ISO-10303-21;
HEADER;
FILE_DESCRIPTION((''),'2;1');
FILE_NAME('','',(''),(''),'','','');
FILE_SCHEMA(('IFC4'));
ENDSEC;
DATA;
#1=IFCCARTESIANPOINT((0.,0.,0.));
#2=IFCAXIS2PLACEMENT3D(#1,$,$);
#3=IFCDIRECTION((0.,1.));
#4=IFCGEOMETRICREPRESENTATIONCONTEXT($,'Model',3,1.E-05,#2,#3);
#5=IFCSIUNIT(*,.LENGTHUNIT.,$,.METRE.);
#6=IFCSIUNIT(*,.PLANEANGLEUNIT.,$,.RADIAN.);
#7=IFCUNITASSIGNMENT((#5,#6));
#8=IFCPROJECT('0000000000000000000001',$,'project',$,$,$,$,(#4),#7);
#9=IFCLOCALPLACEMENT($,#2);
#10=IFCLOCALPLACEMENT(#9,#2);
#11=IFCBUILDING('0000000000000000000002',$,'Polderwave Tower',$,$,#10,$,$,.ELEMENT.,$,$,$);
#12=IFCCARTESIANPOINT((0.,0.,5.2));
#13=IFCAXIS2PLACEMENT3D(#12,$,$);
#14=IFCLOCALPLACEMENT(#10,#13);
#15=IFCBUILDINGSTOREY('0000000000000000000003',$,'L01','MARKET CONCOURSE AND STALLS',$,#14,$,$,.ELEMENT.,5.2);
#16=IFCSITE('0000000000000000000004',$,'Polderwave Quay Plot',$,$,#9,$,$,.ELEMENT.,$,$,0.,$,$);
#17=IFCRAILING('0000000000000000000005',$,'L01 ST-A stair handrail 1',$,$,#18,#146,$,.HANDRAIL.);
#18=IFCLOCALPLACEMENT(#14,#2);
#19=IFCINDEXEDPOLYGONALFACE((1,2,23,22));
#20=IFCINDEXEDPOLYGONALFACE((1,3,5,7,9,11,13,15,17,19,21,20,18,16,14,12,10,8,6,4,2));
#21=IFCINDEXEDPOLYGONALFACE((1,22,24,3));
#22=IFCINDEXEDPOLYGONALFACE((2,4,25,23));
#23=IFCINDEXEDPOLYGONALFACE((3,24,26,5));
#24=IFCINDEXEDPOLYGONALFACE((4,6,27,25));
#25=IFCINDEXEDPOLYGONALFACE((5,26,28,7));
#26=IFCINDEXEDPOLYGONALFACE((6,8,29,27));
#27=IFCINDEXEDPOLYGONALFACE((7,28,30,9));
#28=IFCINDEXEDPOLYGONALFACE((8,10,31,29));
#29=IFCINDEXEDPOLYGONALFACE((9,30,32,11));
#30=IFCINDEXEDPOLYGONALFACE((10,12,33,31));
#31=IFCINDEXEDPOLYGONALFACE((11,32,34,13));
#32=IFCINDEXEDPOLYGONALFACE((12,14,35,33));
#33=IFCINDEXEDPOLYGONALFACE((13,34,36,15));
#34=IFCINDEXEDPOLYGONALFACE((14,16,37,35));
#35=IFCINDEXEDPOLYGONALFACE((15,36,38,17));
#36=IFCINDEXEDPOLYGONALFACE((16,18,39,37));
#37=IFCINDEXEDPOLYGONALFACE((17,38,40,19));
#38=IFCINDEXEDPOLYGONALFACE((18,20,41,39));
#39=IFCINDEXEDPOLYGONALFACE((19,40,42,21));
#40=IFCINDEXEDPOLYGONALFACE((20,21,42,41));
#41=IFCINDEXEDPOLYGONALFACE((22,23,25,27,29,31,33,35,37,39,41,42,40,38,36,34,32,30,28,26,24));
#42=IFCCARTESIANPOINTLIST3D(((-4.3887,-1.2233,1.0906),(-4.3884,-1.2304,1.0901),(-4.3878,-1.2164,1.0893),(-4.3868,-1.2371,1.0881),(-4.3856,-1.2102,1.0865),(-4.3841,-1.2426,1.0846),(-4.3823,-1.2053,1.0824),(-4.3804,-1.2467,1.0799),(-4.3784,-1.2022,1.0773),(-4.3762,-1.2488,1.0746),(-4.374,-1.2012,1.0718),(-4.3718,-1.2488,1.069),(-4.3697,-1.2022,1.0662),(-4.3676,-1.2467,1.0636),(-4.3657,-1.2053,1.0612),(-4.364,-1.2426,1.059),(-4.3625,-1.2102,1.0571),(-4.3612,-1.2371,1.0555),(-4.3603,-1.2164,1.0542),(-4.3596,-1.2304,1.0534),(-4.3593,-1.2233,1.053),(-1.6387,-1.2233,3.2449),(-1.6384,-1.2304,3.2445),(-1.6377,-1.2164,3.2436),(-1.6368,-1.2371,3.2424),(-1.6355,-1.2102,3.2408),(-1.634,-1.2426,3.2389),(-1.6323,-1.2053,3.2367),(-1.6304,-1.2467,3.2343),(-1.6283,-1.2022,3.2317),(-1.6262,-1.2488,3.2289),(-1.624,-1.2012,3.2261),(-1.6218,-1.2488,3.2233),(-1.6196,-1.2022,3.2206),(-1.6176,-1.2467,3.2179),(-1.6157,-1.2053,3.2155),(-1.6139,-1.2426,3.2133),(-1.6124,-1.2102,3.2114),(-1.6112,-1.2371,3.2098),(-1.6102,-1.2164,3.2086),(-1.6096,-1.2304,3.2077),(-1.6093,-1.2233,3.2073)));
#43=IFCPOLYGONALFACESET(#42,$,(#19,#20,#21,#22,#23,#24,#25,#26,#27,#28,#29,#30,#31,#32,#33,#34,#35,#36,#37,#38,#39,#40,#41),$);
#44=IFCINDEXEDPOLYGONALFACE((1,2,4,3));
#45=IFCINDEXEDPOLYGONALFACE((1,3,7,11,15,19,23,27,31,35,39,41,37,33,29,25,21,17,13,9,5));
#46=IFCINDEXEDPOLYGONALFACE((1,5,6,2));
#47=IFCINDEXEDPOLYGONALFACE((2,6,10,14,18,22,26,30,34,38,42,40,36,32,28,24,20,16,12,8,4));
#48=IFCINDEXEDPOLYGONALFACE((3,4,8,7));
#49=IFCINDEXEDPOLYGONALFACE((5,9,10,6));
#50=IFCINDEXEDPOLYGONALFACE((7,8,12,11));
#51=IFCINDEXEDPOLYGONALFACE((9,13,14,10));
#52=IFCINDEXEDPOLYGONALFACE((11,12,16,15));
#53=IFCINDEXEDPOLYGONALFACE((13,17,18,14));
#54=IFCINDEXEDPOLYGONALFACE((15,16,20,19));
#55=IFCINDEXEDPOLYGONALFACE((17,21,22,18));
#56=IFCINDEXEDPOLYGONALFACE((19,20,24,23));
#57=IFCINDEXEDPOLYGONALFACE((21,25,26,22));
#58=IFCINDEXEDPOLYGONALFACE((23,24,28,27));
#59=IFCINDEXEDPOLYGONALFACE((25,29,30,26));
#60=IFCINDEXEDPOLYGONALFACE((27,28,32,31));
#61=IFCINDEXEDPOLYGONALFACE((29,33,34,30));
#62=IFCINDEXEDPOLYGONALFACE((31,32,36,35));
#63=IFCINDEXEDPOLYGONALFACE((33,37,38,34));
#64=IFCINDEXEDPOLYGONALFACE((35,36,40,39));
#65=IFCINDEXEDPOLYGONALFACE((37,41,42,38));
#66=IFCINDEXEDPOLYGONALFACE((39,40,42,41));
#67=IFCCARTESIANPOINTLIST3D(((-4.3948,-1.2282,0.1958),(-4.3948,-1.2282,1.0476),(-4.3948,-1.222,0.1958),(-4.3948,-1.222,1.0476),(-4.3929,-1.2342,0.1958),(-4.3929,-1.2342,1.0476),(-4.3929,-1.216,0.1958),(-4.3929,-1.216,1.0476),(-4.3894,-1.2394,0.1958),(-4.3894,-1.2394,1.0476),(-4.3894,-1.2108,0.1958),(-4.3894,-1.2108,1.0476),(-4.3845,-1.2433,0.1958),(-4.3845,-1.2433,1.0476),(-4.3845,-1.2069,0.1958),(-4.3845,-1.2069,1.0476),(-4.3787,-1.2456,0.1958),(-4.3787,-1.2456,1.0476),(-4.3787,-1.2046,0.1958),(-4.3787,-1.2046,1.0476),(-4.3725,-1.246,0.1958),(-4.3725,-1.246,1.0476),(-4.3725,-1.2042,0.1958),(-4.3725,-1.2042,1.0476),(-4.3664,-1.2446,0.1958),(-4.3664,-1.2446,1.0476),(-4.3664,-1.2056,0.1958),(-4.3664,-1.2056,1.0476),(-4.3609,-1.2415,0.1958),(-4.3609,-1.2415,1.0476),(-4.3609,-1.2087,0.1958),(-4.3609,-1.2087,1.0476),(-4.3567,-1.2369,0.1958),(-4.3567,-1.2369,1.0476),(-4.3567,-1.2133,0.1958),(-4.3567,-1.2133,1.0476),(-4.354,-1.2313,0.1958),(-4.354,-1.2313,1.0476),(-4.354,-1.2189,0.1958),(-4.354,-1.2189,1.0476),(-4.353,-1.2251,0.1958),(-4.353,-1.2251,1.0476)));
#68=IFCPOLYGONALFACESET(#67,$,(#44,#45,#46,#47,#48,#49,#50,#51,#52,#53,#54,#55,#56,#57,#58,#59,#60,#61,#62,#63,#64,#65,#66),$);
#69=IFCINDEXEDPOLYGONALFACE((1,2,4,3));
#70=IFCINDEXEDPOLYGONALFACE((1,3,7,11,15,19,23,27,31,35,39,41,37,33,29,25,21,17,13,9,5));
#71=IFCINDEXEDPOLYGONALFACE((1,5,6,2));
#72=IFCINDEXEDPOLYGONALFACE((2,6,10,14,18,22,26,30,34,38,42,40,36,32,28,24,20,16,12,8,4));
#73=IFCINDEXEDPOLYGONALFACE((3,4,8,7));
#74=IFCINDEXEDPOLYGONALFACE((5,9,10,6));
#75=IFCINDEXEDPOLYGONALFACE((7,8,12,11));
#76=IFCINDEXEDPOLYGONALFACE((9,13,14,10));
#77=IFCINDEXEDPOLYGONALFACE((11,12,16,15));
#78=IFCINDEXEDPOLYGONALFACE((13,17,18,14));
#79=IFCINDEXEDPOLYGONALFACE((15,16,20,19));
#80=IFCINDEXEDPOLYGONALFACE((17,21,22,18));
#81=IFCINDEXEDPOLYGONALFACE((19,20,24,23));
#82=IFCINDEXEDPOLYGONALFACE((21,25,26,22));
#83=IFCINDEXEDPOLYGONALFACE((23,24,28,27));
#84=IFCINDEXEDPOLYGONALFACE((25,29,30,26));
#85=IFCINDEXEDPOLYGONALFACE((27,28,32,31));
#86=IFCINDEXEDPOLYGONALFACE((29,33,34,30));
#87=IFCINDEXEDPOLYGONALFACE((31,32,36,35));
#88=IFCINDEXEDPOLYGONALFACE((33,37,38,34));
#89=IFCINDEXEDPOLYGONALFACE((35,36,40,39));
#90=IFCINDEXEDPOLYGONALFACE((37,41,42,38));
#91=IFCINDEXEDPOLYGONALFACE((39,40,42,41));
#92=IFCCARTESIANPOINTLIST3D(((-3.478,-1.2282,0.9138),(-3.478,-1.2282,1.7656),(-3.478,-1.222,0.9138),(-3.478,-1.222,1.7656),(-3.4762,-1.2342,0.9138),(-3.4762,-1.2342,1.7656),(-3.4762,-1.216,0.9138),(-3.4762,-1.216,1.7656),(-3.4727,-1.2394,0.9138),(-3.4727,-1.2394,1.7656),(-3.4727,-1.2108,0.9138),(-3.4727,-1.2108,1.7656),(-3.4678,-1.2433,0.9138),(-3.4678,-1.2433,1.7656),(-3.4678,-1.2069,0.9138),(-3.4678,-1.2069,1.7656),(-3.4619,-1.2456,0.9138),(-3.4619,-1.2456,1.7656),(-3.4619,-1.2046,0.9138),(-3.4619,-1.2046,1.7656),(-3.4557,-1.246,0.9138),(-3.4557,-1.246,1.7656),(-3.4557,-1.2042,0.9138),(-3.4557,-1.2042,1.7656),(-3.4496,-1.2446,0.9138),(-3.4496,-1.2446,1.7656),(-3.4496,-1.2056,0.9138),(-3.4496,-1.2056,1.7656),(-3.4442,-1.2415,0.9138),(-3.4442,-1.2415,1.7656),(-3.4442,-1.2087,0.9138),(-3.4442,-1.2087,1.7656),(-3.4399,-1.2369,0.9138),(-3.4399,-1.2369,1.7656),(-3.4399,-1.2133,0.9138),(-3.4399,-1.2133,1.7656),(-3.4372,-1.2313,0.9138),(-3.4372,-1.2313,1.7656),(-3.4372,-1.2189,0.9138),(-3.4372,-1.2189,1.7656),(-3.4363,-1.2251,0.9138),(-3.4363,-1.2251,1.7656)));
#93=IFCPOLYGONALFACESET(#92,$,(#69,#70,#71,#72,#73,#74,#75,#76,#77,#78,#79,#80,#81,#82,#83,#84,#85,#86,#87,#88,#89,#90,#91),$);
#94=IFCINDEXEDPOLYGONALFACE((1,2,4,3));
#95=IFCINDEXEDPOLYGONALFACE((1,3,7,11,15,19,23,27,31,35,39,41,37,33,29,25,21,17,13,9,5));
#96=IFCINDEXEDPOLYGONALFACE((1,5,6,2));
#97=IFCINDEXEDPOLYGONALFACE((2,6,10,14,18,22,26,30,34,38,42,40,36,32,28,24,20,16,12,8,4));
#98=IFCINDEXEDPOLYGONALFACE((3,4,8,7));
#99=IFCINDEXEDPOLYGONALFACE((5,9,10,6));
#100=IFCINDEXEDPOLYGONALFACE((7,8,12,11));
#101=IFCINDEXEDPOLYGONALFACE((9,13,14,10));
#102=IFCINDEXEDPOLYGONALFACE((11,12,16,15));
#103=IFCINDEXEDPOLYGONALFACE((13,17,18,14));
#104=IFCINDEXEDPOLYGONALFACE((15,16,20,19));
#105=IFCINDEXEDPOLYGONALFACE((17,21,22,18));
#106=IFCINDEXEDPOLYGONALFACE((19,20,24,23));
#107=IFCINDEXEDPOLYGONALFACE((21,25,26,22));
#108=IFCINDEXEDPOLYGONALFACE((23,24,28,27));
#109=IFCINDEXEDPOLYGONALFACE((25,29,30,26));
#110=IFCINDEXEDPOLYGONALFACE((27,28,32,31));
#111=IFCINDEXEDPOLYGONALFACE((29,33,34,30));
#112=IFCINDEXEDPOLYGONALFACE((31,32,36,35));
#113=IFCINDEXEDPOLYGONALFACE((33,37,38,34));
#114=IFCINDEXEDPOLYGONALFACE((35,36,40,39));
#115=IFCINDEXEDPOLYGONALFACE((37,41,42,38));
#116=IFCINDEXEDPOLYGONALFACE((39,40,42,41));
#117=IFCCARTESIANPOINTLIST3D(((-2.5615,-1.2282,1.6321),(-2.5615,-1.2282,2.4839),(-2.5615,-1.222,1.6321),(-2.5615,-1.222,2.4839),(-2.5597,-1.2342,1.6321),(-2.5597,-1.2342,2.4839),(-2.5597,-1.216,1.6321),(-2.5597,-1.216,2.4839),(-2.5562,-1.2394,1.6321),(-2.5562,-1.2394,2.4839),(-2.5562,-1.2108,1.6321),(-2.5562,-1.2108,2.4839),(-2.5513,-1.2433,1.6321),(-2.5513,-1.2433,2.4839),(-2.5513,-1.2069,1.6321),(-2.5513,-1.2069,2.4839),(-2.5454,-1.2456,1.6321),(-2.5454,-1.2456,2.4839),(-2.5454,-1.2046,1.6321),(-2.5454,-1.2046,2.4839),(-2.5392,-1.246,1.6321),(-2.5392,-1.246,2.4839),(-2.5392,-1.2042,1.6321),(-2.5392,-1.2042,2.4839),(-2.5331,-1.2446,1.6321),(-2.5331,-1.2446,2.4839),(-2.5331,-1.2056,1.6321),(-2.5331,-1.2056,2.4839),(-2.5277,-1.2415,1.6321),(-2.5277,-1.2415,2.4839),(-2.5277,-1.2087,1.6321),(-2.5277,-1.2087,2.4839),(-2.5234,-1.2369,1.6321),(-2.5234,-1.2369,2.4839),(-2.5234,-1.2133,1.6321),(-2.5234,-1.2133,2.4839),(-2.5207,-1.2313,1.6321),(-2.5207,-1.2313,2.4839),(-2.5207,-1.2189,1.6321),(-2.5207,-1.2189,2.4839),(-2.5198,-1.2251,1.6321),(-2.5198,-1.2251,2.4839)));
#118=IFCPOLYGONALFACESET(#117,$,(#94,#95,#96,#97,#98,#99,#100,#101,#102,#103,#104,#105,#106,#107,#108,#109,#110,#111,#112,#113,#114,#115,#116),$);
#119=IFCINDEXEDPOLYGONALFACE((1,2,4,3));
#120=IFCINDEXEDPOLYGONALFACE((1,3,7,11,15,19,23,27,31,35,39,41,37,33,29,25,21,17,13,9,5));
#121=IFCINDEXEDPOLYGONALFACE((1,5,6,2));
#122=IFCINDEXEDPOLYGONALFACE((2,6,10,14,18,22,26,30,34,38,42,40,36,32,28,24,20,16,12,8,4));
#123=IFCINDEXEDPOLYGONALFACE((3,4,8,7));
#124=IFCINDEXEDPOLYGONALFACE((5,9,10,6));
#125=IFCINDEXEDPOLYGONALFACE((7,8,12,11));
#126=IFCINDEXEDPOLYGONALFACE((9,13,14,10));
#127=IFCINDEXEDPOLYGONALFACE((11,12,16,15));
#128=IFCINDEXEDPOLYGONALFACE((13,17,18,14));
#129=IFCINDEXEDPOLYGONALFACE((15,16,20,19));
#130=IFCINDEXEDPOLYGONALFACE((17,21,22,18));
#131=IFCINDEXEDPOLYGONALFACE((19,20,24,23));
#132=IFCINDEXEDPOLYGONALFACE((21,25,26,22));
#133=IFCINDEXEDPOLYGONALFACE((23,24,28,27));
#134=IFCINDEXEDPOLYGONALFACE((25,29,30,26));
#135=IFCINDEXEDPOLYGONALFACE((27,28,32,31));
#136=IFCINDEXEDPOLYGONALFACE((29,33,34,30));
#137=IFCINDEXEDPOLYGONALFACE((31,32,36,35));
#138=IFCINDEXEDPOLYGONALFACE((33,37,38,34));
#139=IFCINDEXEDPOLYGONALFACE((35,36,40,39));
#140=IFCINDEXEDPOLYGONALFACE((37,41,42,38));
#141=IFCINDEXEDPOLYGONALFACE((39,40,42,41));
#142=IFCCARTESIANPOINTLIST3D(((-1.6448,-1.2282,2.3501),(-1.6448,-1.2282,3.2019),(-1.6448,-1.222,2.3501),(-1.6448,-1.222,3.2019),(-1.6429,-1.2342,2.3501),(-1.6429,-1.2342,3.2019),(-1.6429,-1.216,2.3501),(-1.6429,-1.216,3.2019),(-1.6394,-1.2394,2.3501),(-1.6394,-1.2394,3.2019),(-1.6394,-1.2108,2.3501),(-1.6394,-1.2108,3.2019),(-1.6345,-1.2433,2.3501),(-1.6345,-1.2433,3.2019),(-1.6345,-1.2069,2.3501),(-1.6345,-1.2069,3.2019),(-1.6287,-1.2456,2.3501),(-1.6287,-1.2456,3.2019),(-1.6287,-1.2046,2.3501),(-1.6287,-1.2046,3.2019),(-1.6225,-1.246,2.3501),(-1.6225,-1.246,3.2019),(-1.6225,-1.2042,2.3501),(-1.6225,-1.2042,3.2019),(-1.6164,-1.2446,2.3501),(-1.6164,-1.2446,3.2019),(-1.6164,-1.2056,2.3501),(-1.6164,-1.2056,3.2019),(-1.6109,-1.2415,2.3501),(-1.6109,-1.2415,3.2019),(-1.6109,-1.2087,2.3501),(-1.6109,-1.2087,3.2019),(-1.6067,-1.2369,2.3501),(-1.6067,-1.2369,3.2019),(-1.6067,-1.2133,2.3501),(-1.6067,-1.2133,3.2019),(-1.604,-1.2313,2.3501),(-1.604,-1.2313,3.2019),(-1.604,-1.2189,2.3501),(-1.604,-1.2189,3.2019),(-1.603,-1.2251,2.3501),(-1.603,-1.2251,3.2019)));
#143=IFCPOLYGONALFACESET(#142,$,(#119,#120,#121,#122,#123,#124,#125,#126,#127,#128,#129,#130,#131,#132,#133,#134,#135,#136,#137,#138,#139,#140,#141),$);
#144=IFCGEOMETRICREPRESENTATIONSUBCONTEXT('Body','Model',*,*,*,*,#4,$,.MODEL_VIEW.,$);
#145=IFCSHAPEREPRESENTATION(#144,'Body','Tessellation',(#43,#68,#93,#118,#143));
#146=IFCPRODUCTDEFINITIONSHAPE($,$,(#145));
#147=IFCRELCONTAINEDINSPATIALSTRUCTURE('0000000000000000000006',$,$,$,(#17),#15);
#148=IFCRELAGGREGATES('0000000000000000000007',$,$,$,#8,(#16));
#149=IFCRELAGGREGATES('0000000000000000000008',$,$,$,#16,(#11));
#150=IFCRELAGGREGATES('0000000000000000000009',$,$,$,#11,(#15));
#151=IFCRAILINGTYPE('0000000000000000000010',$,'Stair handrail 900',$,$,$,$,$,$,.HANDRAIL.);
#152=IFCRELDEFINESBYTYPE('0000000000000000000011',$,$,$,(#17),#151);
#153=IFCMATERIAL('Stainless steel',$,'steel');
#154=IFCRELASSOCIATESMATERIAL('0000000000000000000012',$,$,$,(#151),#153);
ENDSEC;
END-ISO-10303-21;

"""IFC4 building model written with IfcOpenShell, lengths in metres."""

from ifc_helpers import new_model, si_unit, direction, frame, origin, origin_2d, place, context, subcontext, project, spatial, circle, extrude, material, type_object, element, save


model = new_model("IFC4")

# Units and contexts
model_context = context("Model", 3, precision=1e-05, world=origin(), true_north=direction((0.0, 1.0)))
body_context = subcontext(model_context, "Body", "Model", "MODEL_VIEW")
ifc_project = project(units=[si_unit("LENGTHUNIT", "METRE"), si_unit("PLANEANGLEUNIT", "RADIAN")], contexts=[model_context])

# Site, building, storey
site_placement = place(None, origin())
site = spatial("IfcSite", under=ifc_project, at=site_placement, Name="Polderwave Quay Plot", CompositionType="ELEMENT", RefElevation=0.0)
building_placement = place(site_placement, origin())
building = spatial("IfcBuilding", under=site, at=building_placement, Name="Polderwave Tower", CompositionType="ELEMENT")
storey_placement = place(building_placement, frame((0.0, 0.0, 5.2)))
storey = spatial("IfcBuildingStorey", under=building, at=storey_placement, Name="L01", Description="MARKET CONCOURSE AND STALLS", CompositionType="ELEMENT", Elevation=5.2)

# Railing
ifc_material_1 = material(Name="Stainless steel", Category="steel")
railing_type_1 = type_object("IfcRailingType", Name="Stair handrail 900", PredefinedType="HANDRAIL", material=ifc_material_1)
railing_1_placement = place(storey_placement, frame((-4.374, -1.2251, 0.1958)))
element("IfcRailing", 1, at=railing_1_placement, inside=storey, type_object=railing_type_1, Name="L01 ST-A stair handrail 1", PredefinedType="HANDRAIL", context=body_context, shape_type="SweptSolid", body=[
    extrude(circle(Radius=0.0239, at=origin_2d()), frame((0.0, 0.0, 0.876), z_axis=(0.78721, 0.0, 0.616685), x_axis=(0.0, 1.0, 0.0)), (0.0, 0.0, 1.0), 3.4934),
    extrude(circle(Radius=0.021, at=origin_2d()), origin(), (0.0, 0.0, 1.0), 0.8518),
    extrude(circle(Radius=0.021, at=origin_2d()), frame((0.9167, 0.0, 0.718)), (0.0, 0.0, 1.0), 0.8518),
    extrude(circle(Radius=0.021, at=origin_2d()), frame((1.8333, 0.0, 1.4363)), (0.0, 0.0, 1.0), 0.8518),
    extrude(circle(Radius=0.021, at=origin_2d()), frame((2.75, 0.0, 2.1543)), (0.0, 0.0, 1.0), 0.8518),
])

save(model, "model.ifc")
